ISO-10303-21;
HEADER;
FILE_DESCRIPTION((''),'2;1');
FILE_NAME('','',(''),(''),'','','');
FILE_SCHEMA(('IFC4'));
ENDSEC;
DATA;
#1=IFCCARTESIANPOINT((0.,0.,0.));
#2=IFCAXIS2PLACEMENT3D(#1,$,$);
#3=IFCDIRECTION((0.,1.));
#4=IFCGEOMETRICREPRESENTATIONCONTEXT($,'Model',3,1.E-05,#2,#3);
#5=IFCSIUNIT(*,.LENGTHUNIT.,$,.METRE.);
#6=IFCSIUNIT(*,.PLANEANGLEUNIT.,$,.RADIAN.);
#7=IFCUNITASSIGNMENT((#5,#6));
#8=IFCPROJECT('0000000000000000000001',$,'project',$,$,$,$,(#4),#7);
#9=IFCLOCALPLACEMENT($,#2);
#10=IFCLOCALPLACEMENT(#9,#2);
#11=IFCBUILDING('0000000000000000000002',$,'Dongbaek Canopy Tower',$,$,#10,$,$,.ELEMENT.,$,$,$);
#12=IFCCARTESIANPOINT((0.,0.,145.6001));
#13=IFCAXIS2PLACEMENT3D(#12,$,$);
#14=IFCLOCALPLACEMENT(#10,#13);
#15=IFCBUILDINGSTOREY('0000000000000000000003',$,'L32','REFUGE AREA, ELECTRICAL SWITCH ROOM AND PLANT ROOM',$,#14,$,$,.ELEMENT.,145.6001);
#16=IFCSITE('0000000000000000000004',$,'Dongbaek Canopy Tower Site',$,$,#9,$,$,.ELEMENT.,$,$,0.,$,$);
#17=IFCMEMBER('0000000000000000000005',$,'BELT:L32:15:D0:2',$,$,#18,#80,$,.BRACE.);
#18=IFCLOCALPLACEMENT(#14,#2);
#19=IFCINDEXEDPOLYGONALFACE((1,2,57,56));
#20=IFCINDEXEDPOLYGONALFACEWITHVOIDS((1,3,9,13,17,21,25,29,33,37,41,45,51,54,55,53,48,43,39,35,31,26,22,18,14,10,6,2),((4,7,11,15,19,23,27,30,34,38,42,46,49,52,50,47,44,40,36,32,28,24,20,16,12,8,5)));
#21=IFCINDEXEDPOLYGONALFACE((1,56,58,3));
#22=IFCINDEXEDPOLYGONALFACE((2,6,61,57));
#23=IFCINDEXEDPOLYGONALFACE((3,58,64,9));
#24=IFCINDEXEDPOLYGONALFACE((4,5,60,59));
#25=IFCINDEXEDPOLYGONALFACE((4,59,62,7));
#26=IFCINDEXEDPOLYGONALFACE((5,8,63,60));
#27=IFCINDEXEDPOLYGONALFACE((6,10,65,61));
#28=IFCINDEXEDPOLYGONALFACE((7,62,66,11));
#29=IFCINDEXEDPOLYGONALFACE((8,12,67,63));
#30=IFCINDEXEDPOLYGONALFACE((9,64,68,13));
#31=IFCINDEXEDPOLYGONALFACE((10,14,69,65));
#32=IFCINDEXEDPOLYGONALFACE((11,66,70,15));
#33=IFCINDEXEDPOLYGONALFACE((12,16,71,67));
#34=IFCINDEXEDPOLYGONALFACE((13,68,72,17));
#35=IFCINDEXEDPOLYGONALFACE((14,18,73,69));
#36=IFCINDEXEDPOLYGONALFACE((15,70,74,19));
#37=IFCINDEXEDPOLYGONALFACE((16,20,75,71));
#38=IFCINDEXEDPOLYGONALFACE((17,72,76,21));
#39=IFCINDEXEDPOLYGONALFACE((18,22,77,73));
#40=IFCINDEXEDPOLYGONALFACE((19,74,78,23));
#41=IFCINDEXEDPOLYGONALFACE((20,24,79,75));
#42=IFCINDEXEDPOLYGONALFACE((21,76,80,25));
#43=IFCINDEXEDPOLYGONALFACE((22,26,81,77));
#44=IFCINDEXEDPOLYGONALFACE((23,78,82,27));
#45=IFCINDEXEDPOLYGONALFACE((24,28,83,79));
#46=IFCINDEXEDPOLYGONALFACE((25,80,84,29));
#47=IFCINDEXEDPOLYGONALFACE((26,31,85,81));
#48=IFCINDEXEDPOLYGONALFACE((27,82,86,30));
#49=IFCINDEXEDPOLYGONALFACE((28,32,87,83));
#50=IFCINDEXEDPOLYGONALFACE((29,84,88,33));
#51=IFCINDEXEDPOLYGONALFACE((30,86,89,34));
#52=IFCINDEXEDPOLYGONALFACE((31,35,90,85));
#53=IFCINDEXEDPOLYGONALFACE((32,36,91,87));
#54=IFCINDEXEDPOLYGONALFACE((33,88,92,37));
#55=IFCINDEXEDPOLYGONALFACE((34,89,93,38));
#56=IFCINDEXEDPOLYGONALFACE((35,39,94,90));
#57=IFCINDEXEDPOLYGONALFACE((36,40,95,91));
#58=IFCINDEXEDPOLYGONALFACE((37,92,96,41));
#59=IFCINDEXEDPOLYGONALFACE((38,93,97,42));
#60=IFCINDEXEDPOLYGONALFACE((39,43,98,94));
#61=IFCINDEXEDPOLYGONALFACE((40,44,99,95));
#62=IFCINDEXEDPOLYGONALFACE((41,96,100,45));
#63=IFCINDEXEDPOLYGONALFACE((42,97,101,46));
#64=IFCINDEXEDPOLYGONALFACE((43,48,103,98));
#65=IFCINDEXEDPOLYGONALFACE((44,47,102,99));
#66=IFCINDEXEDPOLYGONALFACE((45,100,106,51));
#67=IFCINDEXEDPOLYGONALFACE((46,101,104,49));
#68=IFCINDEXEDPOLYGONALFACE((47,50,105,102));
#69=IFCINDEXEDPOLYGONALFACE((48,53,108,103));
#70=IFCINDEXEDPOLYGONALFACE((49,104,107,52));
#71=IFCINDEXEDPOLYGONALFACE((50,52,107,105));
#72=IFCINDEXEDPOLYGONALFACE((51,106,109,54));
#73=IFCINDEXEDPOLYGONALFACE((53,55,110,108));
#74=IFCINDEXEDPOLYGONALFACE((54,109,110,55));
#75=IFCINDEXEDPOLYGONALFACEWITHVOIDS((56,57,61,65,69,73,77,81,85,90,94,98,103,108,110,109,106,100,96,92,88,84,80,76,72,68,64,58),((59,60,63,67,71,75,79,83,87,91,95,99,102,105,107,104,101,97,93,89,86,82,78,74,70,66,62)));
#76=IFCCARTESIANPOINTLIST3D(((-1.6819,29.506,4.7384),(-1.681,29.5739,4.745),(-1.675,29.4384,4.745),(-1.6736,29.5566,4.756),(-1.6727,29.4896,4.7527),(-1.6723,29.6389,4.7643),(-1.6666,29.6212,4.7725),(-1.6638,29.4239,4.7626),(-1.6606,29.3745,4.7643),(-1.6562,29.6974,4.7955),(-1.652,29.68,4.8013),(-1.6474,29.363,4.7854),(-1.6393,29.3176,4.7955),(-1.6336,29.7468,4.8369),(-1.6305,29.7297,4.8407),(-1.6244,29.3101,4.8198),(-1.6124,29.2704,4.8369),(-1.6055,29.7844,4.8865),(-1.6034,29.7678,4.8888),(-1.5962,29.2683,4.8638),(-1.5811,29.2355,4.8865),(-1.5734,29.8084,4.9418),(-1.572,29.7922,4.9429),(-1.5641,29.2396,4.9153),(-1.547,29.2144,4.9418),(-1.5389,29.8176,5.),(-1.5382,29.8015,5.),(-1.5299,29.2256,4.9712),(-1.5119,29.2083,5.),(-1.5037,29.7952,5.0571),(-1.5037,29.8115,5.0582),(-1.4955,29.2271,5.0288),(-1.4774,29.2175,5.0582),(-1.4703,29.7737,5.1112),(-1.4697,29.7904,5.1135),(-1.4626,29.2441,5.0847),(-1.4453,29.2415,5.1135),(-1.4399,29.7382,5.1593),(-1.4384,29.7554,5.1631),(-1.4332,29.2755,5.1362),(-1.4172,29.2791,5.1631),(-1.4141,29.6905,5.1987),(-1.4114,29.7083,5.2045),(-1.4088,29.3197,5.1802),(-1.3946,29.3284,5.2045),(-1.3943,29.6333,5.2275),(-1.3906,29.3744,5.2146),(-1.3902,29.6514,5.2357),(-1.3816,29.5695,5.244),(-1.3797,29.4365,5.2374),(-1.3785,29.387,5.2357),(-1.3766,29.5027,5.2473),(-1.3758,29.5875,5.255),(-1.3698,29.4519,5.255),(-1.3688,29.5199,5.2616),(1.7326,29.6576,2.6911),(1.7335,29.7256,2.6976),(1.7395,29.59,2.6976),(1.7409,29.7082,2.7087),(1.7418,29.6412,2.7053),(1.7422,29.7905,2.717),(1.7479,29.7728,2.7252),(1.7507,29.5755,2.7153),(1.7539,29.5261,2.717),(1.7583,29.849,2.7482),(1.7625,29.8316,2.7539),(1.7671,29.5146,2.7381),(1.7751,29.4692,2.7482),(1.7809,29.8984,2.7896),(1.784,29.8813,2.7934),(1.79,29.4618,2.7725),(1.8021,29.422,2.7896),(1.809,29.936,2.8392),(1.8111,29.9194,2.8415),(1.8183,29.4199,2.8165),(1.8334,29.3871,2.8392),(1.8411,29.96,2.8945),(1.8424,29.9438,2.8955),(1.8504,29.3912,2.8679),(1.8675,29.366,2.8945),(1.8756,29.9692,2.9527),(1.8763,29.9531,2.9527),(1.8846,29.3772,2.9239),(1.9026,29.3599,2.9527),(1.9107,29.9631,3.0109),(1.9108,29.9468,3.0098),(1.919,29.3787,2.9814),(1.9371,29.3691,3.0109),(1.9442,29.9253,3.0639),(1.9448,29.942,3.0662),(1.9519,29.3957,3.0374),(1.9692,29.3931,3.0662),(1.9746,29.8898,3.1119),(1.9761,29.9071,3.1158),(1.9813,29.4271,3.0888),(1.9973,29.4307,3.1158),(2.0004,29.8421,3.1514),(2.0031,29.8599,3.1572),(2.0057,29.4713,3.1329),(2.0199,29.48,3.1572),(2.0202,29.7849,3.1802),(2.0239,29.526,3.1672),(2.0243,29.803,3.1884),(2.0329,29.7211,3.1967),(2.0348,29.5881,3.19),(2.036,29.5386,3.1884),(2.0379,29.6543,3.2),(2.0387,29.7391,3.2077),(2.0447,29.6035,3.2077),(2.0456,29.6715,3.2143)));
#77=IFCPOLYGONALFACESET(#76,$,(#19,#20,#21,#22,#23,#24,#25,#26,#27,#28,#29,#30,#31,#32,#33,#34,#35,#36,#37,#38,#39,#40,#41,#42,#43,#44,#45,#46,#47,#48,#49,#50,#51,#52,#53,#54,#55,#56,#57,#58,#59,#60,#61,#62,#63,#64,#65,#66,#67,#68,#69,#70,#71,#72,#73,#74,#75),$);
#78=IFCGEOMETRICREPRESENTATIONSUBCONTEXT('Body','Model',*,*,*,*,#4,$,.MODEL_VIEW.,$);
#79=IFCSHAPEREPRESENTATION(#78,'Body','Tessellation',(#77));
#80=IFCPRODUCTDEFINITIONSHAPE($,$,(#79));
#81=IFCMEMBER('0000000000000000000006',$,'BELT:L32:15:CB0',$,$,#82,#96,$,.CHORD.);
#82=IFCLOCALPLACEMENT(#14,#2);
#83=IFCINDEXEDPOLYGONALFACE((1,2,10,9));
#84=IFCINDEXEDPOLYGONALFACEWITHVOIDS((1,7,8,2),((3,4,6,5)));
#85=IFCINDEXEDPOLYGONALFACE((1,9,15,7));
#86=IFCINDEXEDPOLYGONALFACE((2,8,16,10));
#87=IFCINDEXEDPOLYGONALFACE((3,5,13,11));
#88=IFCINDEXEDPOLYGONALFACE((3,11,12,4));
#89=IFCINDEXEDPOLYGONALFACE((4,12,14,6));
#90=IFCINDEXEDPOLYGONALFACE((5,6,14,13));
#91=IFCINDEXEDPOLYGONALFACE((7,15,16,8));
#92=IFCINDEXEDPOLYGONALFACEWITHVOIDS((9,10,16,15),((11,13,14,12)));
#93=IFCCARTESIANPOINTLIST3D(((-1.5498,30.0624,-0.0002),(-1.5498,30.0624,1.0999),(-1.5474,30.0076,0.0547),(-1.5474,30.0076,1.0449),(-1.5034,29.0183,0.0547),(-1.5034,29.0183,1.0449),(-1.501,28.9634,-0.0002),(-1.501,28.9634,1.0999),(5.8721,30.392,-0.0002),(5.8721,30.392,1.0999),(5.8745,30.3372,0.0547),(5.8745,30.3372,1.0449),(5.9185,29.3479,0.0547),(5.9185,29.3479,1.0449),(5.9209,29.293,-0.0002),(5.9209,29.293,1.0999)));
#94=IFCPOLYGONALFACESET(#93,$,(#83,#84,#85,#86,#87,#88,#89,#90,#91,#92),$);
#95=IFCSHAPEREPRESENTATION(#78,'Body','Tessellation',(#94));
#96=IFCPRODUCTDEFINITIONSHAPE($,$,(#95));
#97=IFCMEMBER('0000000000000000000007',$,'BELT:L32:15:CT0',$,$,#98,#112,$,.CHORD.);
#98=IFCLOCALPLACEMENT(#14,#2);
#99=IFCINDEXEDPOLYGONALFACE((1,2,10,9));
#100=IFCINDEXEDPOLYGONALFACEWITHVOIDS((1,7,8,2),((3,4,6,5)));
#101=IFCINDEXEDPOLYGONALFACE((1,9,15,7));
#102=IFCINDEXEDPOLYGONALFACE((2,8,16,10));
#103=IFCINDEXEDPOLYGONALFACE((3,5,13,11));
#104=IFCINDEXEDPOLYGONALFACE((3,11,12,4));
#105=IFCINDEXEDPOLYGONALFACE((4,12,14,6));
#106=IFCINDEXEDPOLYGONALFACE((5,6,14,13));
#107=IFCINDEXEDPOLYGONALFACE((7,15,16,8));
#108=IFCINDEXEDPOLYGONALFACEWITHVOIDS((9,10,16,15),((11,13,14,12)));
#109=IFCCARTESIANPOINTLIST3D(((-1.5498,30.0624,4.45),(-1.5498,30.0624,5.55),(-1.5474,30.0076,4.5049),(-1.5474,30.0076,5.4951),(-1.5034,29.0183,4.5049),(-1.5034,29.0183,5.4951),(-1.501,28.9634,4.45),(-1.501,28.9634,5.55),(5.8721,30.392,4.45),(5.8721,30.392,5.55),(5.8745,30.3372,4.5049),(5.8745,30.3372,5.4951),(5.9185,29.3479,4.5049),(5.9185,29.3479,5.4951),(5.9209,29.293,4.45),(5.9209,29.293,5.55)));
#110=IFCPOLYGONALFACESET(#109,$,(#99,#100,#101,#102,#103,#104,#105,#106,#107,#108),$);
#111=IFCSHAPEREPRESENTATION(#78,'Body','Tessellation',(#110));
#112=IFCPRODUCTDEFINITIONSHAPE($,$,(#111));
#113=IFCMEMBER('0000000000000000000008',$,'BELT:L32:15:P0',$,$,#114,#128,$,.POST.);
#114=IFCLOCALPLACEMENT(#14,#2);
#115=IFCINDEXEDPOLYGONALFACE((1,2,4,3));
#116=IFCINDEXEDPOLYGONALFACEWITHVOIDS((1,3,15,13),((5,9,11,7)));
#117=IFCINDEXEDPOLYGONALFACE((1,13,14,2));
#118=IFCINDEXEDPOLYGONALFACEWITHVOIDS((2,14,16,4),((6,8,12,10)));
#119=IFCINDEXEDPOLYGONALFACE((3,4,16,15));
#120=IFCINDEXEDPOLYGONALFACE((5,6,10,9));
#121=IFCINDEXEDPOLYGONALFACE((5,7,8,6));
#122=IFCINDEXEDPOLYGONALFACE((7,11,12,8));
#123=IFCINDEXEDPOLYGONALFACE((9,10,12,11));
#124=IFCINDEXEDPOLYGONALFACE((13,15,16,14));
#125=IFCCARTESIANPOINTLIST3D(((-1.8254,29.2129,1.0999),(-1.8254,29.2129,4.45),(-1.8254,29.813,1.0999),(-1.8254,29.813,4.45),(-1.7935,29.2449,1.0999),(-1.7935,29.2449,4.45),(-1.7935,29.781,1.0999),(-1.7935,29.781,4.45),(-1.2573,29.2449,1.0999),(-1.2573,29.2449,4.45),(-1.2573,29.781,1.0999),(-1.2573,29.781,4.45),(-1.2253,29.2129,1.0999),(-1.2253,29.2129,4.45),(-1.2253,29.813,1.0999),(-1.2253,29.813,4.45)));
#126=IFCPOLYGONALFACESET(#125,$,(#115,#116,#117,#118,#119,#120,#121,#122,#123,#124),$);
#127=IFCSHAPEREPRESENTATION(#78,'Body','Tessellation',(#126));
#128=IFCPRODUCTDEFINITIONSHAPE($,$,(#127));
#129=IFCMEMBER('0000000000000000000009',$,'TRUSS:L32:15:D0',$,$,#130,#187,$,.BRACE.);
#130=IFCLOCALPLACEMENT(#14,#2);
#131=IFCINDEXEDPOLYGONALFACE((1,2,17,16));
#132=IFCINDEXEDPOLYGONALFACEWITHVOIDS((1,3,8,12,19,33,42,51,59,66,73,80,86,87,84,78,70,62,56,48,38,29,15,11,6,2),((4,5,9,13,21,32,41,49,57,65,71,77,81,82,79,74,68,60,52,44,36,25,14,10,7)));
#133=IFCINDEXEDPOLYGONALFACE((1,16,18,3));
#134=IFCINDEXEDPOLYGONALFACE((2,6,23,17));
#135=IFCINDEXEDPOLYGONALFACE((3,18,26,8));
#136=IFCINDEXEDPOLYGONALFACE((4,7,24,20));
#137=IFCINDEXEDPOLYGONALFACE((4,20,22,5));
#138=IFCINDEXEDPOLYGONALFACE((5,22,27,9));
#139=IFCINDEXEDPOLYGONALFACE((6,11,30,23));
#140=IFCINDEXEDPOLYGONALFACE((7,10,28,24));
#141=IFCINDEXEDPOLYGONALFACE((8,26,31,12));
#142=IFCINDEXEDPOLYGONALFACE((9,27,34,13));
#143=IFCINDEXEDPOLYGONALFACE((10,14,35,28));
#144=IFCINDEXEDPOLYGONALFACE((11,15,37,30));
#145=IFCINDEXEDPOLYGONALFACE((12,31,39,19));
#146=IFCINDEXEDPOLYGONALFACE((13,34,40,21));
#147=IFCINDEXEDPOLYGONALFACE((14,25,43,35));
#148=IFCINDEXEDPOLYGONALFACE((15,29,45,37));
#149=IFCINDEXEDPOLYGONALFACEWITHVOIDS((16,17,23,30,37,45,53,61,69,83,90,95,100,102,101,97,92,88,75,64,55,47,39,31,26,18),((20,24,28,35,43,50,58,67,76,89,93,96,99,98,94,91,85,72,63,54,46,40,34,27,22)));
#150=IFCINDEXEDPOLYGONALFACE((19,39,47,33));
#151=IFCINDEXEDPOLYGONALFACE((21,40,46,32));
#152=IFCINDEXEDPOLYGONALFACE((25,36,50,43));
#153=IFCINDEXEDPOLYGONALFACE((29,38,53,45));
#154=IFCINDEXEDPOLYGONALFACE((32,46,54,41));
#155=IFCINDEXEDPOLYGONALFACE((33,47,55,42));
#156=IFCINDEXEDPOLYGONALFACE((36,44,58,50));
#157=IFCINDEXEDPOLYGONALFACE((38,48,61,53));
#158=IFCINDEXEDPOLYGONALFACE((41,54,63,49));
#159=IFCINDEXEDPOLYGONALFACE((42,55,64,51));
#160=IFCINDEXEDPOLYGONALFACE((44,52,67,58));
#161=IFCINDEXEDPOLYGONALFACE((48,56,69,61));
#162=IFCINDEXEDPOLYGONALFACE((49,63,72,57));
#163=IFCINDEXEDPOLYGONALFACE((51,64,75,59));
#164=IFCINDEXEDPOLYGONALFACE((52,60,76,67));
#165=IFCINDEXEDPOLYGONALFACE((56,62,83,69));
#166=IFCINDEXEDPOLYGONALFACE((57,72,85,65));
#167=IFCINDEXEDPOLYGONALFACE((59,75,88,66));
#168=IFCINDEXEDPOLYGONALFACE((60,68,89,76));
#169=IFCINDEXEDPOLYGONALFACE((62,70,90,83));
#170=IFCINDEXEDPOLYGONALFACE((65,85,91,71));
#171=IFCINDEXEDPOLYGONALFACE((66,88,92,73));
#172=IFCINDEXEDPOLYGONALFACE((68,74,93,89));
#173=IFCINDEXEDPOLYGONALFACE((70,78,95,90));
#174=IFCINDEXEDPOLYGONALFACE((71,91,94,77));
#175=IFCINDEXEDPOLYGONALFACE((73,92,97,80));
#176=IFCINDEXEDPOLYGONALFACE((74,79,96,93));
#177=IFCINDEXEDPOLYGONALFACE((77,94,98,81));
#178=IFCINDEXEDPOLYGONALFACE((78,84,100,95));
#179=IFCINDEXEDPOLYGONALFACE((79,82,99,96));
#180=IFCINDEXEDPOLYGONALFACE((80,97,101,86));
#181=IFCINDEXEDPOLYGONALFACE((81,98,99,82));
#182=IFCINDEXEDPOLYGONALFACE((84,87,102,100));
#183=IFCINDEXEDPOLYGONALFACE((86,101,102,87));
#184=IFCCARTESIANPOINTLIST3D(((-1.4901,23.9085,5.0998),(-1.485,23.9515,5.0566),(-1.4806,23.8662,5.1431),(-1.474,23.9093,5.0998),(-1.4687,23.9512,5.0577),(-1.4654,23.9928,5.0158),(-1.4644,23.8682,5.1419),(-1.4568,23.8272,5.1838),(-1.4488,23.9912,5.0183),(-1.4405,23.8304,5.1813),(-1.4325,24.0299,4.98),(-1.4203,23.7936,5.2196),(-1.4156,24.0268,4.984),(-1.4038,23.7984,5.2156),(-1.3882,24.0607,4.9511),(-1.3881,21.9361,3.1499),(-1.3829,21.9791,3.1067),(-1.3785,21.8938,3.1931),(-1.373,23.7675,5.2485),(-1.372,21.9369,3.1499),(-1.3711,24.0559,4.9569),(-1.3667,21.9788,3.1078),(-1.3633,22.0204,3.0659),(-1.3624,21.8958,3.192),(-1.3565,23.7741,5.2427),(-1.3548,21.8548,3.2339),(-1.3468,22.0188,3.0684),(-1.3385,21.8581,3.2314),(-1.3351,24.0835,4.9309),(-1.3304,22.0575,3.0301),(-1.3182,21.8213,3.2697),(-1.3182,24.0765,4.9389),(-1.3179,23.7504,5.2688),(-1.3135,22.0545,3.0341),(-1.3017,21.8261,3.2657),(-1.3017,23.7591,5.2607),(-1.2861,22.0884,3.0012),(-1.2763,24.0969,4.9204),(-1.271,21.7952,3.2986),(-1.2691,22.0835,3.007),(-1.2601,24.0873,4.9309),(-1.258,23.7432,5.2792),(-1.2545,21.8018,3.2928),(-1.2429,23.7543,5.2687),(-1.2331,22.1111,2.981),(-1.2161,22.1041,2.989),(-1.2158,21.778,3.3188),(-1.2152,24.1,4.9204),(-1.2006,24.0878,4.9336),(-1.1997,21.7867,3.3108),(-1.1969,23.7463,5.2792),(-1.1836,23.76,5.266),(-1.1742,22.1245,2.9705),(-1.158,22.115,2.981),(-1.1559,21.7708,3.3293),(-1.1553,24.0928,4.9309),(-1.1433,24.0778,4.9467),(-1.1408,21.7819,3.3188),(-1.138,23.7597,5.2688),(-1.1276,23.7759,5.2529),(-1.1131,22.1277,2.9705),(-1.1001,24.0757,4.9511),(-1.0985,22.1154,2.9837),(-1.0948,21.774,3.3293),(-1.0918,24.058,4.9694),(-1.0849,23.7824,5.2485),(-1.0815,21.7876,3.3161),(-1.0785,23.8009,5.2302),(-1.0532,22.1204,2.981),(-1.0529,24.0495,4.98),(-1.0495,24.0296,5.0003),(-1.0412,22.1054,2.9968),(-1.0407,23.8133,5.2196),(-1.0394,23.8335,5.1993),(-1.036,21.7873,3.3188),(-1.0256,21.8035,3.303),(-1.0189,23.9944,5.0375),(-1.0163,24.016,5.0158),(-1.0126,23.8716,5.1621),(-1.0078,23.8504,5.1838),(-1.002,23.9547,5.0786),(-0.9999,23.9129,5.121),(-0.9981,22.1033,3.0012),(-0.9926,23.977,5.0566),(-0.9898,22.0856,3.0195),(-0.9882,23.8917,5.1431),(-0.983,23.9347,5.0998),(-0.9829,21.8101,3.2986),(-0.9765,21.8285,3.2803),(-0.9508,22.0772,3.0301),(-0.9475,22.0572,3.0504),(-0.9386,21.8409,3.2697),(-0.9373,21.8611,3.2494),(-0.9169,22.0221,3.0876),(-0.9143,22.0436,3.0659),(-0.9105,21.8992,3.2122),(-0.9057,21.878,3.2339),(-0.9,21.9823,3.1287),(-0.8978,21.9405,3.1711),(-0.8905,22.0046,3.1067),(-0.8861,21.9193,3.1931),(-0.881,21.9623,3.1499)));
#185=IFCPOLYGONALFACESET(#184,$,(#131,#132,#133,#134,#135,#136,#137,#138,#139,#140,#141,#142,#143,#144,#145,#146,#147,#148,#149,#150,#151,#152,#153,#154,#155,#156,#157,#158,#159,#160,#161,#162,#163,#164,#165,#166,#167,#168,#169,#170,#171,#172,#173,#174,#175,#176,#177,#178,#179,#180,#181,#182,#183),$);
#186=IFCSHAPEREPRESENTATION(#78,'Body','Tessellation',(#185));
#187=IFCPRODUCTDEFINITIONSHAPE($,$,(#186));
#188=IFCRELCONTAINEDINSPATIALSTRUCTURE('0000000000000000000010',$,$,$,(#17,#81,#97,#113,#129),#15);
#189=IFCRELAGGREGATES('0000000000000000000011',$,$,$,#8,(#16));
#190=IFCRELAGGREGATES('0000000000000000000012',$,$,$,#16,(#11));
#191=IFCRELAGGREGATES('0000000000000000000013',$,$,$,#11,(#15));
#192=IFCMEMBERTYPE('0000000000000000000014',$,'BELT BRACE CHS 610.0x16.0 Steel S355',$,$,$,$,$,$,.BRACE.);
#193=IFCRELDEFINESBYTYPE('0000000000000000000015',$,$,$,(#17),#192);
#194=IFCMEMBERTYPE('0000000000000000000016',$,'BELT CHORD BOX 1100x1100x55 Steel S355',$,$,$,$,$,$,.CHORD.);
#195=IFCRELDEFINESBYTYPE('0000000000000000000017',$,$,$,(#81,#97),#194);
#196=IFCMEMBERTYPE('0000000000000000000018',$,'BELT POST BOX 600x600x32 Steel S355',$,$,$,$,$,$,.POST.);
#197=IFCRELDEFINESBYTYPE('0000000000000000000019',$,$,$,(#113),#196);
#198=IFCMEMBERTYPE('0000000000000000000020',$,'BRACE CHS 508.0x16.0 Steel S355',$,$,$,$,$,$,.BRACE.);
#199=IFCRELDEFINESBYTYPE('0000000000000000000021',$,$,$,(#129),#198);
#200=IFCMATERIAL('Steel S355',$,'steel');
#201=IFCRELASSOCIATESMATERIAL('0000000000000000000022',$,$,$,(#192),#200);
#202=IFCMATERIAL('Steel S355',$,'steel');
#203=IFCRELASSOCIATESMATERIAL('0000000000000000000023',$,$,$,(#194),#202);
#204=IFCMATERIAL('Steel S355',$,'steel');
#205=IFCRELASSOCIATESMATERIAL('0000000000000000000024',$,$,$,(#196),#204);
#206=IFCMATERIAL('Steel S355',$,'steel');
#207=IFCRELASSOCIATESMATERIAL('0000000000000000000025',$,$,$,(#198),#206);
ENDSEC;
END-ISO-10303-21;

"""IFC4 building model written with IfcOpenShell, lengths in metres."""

from ifc_helpers import new_model, si_unit, direction, frame, origin, origin_2d, place, context, subcontext, project, spatial, hollow_rectangle, hollow_circle, extrude, material, material_profile, profile_set, type_object, element, save


model = new_model("IFC4")

# Units and contexts
model_context = context("Model", 3, precision=1e-05, world=origin(), true_north=direction((0.0, 1.0)))
body_context = subcontext(model_context, "Body", "Model", "MODEL_VIEW")
ifc_project = project(units=[si_unit("LENGTHUNIT", "METRE"), si_unit("PLANEANGLEUNIT", "RADIAN")], contexts=[model_context])

# Site, building, storey
site_placement = place(None, origin())
site = spatial("IfcSite", under=ifc_project, at=site_placement, Name="Dongbaek Canopy Tower Site", CompositionType="ELEMENT", RefElevation=0.0)
building_placement = place(site_placement, origin())
building = spatial("IfcBuilding", under=site, at=building_placement, Name="Dongbaek Canopy Tower", CompositionType="ELEMENT")
storey_placement = place(building_placement, frame((0.0, 0.0, 145.6001)))
storey = spatial("IfcBuildingStorey", under=building, at=storey_placement, Name="L32", Description="REFUGE AREA, ELECTRICAL SWITCH ROOM AND PLANT ROOM", CompositionType="ELEMENT", Elevation=145.6001)

# Members
ifc_material_1 = material(Name="Steel S355", Category="steel")
ifc_material_profile_1 = material_profile(ifc_material_1, hollow_circle(Radius=0.3049, WallThickness=0.0161, at=origin_2d()), Name="BELT BRACE CHS 610.0x16.0 Steel S355")
ifc_profile_set_1 = profile_set([ifc_material_profile_1], Name="Steel S355")
member_type_1 = type_object("IfcMemberType", Name="BELT BRACE CHS 610.0x16.0 Steel S355", PredefinedType="BRACE", material=ifc_profile_set_1)
member_1_placement = place(storey_placement, frame((-1.5254, 29.5129, 5.0), z_axis=(0.857023, 0.038053, -0.513871), x_axis=(-0.044358, 0.999016, 0.0)))
element("IfcMember", 1, at=member_1_placement, inside=storey, type_object=member_type_1, Name="BELT:L32:15:D0:2", PredefinedType="BRACE", context=body_context, shape_type="SweptSolid", body=[
    extrude(hollow_circle(Radius=0.3049, WallThickness=0.0161, at=origin_2d()), origin(), (0.0, 0.0, 1.0), 3.9841),
])
ifc_material_2 = material(Name="Steel S355", Category="steel")
ifc_material_profile_2 = material_profile(ifc_material_2, hollow_rectangle(XDim=1.1001, YDim=1.1001, WallThickness=0.0549, at=origin_2d()), Name="BELT CHORD BOX 1100x1100x55 Steel S355")
ifc_profile_set_2 = profile_set([ifc_material_profile_2], Name="Steel S355")
member_type_2 = type_object("IfcMemberType", Name="BELT CHORD BOX 1100x1100x55 Steel S355", PredefinedType="CHORD", material=ifc_profile_set_2)
for number, where, z_axis, x_axis, name in (
    (2, (-1.5254, 29.5129, 0.5498), (0.999015, 0.044364, 0.0), (-0.044364, 0.999015, 0.0), "BELT:L32:15:CB0"),
    (3, (-1.5254, 29.5129, 5.0), (0.999015, 0.044364, 0.0), (-0.044364, 0.999015, 0.0), "BELT:L32:15:CT0"),
):
    element("IfcMember", number, at=place(storey_placement, frame(where, z_axis=z_axis, x_axis=x_axis)), inside=storey, type_object=member_type_2, Name=name, PredefinedType="CHORD", context=body_context, shape_type="SweptSolid", body=[
        extrude(hollow_rectangle(XDim=1.1001, YDim=1.1001, WallThickness=0.0549, at=origin_2d()), origin(), (0.0, 0.0, 1.0), 7.4292),
    ])
ifc_material_3 = material(Name="Steel S355", Category="steel")
ifc_material_profile_3 = material_profile(ifc_material_3, hollow_rectangle(XDim=0.6001, YDim=0.6001, WallThickness=0.032, at=origin_2d()), Name="BELT POST BOX 600x600x32 Steel S355")
ifc_profile_set_3 = profile_set([ifc_material_profile_3], Name="Steel S355")
member_type_3 = type_object("IfcMemberType", Name="BELT POST BOX 600x600x32 Steel S355", PredefinedType="POST", material=ifc_profile_set_3)
member_2_placement = place(storey_placement, frame((-1.5254, 29.5129, 1.0999), z_axis=(0.0, 0.0, 1.0), x_axis=(1.0, 0.0, 0.0)))
element("IfcMember", 4, at=member_2_placement, inside=storey, type_object=member_type_3, Name="BELT:L32:15:P0", PredefinedType="POST", context=body_context, shape_type="SweptSolid", body=[
    extrude(hollow_rectangle(XDim=0.6001, YDim=0.6001, WallThickness=0.032, at=origin_2d()), origin(), (0.0, 0.0, 1.0), 3.3501),
])
ifc_material_4 = material(Name="Steel S355", Category="steel")
ifc_material_profile_4 = material_profile(ifc_material_4, hollow_circle(Radius=0.2539, WallThickness=0.0161, at=origin_2d()), Name="BRACE CHS 508.0x16.0 Steel S355")
ifc_profile_set_4 = profile_set([ifc_material_profile_4], Name="Steel S355")
member_type_4 = type_object("IfcMemberType", Name="BRACE CHS 508.0x16.0 Steel S355", PredefinedType="BRACE", material=ifc_profile_set_4)
for number, where, z_axis, x_axis, name in (
    (5, (-1.1345, 21.9492, 3.1499), (-0.036769, 0.710663, 0.702571), (-0.998664, -0.05167, 0.0), "TRUSS:L32:15:D0"),
):
    element("IfcMember", number, at=place(storey_placement, frame(where, z_axis=z_axis, x_axis=x_axis)), inside=storey, type_object=member_type_4, Name=name, PredefinedType="BRACE", context=body_context, shape_type="SweptSolid", body=[
        extrude(hollow_circle(Radius=0.2539, WallThickness=0.0161, at=origin_2d()), origin(), (0.0, 0.0, 1.0), 2.7754),
    ])

save(model, "model.ifc")
